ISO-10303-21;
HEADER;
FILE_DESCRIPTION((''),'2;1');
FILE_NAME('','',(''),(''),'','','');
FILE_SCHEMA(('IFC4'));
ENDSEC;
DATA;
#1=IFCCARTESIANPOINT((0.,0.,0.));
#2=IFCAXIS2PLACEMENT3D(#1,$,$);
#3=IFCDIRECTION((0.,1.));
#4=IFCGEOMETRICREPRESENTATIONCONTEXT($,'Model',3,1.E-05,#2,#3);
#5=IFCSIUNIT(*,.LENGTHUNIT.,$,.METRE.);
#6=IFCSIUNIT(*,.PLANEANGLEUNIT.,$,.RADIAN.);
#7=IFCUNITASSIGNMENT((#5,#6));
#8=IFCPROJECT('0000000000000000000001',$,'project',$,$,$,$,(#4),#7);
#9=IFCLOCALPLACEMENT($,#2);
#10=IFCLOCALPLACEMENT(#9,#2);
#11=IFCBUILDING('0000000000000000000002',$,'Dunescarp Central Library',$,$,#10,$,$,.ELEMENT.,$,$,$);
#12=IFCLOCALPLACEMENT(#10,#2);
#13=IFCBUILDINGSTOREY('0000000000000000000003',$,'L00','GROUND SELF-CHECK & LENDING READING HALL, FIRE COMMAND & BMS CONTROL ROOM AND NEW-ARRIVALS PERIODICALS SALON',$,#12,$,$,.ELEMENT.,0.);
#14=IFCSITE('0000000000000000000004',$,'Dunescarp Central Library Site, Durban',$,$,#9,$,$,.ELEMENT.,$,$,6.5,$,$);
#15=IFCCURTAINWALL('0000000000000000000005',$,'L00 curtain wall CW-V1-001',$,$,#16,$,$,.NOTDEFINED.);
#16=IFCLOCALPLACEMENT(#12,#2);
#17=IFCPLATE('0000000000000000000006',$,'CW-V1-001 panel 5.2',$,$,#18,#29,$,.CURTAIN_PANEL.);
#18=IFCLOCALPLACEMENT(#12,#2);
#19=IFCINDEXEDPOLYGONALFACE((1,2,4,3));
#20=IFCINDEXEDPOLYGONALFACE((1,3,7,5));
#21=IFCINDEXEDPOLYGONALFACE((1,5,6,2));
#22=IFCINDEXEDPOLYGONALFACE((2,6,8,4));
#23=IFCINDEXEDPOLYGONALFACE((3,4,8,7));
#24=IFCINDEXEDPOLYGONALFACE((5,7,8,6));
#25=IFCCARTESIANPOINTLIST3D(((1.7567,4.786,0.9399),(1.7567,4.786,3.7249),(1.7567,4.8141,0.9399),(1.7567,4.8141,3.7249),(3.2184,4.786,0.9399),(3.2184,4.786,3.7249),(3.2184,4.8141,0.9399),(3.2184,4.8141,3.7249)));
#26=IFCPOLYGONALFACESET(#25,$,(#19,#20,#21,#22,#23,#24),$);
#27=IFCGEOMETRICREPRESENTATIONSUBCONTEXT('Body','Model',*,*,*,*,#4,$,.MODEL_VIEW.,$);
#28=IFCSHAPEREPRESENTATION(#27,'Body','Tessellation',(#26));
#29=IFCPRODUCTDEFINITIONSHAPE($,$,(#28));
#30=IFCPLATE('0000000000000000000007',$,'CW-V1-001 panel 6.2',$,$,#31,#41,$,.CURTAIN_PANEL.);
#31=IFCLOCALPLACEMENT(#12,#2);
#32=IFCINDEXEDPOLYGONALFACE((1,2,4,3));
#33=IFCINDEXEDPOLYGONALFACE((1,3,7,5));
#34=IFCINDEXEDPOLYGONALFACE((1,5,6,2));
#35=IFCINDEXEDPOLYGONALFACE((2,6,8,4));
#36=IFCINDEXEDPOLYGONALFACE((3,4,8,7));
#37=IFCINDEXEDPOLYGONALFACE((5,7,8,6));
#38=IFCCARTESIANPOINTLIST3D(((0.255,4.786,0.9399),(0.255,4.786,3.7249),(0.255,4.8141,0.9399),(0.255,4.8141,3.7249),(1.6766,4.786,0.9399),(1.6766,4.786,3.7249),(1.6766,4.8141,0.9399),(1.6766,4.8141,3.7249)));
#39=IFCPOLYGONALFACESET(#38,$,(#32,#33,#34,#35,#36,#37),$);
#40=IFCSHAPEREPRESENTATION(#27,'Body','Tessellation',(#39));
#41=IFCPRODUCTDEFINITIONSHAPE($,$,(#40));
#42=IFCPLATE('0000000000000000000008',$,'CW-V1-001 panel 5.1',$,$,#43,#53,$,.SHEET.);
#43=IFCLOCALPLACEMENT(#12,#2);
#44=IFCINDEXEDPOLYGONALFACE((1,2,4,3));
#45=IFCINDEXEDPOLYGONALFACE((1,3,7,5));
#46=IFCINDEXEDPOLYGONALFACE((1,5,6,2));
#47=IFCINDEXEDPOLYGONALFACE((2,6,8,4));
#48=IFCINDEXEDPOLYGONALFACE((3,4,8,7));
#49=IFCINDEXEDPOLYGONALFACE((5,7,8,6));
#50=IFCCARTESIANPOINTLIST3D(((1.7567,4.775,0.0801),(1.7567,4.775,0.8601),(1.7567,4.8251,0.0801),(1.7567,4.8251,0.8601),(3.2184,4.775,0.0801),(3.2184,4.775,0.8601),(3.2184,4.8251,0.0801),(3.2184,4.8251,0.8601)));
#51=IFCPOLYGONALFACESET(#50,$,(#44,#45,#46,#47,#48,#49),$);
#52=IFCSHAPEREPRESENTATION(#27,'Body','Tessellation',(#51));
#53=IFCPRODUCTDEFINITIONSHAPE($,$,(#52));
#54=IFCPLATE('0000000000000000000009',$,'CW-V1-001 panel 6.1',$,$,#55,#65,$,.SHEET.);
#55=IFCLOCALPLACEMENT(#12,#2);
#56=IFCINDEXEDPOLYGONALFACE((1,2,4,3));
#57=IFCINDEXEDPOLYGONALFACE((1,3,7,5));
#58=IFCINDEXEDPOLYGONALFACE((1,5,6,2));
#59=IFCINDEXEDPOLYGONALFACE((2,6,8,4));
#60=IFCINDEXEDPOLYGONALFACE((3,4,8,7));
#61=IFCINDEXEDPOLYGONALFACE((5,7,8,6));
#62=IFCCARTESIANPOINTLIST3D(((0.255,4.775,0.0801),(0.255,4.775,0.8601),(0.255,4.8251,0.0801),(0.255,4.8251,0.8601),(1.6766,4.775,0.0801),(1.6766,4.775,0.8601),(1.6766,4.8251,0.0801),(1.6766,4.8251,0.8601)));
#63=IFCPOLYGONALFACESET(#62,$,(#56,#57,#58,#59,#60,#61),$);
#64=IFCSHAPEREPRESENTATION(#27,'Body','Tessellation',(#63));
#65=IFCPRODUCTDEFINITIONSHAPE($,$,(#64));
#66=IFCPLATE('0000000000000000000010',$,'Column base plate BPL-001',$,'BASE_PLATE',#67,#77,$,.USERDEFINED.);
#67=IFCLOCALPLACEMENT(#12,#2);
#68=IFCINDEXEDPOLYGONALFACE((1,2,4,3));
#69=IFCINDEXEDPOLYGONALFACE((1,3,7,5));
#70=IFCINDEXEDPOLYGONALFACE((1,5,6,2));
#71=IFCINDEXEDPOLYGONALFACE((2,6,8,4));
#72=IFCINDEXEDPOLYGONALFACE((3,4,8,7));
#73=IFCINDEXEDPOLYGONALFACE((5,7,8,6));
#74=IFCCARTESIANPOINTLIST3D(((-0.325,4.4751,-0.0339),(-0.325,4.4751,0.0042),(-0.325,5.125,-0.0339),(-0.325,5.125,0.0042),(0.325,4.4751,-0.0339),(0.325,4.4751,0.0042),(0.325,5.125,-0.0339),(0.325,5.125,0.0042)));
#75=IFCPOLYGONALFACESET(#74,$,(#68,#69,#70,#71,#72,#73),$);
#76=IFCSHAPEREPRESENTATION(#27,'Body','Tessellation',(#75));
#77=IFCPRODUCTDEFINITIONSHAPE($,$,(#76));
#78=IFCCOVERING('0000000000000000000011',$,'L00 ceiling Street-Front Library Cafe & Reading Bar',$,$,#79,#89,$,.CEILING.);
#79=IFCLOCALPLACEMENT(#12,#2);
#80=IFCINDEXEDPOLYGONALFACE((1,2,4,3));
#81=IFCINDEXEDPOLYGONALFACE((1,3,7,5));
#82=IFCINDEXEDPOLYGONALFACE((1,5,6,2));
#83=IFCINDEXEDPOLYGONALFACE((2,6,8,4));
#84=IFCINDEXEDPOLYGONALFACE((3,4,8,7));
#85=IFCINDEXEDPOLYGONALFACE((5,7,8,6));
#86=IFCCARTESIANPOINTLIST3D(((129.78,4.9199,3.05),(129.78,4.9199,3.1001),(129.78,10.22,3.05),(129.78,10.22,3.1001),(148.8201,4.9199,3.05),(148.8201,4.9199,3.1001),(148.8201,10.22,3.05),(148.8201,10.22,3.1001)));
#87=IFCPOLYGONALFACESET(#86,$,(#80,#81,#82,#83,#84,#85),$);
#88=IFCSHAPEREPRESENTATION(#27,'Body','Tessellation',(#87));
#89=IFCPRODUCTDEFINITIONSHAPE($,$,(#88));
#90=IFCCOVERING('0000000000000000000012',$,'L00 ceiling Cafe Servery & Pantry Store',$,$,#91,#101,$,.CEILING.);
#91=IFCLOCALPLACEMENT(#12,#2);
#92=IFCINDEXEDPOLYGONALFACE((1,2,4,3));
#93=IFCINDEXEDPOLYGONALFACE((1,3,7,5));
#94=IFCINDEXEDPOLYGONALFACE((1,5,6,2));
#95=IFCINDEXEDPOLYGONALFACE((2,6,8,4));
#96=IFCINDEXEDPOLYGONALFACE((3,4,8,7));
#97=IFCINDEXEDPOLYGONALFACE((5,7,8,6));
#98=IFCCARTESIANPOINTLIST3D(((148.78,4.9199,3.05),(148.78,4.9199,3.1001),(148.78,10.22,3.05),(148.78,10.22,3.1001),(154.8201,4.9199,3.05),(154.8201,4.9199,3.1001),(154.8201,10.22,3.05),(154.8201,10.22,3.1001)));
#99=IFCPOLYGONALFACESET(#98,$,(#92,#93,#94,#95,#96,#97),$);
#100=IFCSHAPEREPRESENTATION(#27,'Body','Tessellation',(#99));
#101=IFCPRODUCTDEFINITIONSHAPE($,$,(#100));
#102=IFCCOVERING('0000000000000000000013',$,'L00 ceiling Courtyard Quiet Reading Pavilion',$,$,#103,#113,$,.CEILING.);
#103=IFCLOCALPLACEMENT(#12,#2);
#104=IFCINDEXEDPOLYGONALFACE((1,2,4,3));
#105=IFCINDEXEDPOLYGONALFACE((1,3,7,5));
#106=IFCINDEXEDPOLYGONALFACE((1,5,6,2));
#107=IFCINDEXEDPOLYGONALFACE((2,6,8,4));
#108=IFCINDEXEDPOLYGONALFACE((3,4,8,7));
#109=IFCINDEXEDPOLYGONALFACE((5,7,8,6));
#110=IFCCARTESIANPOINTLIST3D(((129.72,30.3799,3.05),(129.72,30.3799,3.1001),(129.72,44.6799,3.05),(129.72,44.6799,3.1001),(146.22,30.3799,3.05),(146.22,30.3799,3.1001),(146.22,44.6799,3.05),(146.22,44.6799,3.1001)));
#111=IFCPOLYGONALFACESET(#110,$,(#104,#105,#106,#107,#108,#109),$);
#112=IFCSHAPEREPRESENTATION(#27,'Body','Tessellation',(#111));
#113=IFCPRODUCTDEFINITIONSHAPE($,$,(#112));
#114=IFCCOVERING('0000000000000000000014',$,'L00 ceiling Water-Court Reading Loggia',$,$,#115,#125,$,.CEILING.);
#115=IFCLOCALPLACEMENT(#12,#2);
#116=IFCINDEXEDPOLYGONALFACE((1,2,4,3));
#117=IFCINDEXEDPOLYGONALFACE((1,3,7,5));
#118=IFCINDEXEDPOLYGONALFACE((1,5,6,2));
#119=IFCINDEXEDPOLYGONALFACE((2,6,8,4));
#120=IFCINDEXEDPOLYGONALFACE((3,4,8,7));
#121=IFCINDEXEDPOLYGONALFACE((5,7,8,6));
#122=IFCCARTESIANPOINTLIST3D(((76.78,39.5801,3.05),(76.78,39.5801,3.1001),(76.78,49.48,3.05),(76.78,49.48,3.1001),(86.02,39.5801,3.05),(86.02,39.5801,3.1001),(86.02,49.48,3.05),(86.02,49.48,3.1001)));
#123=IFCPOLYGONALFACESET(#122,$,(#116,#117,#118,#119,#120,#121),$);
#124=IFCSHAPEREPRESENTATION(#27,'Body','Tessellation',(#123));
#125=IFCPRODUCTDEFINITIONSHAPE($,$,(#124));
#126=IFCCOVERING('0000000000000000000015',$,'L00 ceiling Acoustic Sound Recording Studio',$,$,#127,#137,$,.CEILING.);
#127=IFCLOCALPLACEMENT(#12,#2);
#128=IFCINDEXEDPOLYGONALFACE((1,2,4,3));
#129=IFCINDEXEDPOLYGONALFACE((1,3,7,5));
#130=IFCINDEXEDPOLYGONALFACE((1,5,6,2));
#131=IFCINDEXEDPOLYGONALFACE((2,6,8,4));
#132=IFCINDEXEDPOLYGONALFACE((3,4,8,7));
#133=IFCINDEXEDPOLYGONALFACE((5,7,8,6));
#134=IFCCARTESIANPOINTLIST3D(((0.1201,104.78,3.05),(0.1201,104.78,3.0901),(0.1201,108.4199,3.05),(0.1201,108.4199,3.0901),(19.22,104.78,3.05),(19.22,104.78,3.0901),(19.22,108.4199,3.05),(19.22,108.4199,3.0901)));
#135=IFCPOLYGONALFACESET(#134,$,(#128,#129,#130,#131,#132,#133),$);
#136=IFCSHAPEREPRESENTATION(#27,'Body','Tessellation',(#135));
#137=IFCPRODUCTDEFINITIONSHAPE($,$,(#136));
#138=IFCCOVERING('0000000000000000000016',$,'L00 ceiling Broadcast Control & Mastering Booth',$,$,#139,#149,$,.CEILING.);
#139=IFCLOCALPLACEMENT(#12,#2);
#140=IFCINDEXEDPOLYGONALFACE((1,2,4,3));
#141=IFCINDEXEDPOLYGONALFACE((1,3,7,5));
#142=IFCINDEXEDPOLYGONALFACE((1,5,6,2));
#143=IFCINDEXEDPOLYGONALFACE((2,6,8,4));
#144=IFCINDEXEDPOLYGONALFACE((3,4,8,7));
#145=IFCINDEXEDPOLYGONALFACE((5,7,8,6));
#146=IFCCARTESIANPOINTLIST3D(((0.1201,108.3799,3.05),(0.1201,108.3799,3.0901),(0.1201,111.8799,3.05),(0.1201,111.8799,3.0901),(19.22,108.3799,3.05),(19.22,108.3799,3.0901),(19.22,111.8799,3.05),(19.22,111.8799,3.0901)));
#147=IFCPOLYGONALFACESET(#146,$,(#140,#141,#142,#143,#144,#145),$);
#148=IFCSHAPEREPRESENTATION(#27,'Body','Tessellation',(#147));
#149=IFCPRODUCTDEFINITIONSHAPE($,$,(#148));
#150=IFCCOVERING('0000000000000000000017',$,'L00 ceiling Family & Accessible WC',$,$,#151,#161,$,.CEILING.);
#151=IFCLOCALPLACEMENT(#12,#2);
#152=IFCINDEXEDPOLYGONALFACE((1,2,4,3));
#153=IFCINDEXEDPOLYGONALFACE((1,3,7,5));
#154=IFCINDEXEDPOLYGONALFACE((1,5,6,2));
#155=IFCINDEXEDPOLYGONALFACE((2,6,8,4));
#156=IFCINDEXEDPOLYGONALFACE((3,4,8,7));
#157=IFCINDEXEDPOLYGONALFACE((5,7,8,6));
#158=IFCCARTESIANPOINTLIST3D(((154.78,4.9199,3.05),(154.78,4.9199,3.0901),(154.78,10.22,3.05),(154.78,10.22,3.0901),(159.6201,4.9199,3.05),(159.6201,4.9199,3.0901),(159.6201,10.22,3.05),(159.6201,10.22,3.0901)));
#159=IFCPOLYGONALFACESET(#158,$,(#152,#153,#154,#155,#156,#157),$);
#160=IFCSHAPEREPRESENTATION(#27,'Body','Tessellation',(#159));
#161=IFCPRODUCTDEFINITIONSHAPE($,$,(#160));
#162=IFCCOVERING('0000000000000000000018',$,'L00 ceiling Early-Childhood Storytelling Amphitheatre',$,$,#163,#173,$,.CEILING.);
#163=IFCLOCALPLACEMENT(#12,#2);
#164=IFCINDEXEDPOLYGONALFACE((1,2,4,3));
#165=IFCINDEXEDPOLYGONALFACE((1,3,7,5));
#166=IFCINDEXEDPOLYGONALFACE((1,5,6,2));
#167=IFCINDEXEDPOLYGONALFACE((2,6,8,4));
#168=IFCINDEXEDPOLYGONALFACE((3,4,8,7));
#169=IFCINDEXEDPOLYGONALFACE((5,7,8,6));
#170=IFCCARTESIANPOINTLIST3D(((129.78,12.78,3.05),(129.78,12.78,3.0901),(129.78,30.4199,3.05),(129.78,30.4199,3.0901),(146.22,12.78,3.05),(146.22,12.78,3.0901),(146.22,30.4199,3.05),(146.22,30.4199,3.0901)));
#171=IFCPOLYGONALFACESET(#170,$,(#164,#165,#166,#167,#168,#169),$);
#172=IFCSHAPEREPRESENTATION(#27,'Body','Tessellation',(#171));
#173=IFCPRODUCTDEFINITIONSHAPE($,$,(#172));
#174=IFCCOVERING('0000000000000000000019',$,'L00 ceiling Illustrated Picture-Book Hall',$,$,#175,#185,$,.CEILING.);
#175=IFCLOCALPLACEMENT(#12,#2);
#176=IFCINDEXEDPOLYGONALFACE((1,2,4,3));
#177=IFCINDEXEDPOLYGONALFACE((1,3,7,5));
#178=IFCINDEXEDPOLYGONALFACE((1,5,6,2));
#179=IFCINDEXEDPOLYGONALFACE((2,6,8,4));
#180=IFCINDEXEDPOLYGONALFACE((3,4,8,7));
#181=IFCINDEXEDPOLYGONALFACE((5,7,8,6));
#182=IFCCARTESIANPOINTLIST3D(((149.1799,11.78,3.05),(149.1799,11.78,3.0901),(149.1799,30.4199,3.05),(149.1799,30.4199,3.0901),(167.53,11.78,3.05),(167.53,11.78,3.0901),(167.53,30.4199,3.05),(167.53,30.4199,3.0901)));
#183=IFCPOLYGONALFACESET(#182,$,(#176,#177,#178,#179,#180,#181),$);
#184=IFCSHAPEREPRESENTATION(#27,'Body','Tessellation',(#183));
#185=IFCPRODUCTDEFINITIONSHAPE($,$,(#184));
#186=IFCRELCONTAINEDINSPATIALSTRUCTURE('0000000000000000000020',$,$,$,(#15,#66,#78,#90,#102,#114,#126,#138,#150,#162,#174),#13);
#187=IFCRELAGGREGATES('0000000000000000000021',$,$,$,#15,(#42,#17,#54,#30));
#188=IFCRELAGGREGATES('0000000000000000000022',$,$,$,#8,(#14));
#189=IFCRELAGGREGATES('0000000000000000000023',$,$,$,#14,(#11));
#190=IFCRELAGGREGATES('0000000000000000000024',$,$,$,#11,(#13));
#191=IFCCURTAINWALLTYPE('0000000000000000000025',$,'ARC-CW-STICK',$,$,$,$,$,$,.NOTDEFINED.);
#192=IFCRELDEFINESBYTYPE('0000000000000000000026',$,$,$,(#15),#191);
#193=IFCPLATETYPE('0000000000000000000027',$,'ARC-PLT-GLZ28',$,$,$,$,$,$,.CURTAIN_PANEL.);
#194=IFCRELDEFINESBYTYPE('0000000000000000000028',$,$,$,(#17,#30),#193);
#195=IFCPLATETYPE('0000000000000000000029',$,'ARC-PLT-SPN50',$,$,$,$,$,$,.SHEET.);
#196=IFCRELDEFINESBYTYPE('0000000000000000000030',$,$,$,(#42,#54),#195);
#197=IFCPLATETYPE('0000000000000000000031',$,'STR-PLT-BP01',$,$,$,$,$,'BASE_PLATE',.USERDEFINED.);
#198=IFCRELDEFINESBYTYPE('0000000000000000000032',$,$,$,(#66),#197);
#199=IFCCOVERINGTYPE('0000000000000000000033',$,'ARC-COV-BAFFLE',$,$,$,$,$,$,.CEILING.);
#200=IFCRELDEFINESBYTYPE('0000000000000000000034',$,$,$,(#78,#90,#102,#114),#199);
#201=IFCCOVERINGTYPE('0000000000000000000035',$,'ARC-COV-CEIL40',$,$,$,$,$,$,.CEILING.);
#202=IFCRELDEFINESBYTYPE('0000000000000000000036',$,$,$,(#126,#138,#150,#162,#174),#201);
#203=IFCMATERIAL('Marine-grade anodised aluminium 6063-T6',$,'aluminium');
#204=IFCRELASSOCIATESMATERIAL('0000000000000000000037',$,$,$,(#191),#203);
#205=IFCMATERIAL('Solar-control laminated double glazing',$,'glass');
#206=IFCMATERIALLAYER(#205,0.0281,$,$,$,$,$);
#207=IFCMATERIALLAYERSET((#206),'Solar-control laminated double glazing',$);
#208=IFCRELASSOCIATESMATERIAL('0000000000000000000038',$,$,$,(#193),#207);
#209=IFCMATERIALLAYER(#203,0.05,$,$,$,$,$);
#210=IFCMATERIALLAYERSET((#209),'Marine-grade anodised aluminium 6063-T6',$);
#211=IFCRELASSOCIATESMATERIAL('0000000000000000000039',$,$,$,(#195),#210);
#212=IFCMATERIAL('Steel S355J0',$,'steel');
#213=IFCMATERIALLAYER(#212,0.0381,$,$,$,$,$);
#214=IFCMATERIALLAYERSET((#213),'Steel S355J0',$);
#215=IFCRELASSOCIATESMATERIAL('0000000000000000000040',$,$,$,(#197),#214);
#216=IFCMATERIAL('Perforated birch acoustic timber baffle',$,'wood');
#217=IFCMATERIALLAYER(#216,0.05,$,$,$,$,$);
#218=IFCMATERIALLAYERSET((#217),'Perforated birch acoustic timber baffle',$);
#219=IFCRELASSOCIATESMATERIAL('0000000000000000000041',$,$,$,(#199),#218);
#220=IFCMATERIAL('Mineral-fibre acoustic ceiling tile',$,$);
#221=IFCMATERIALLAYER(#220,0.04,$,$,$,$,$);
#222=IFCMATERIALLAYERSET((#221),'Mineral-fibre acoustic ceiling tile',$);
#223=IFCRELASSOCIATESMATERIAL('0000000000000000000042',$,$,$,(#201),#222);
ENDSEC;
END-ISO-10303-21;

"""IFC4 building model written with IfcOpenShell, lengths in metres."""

from ifc_helpers import new_model, si_unit, direction, frame, origin, origin_2d, place, context, subcontext, project, spatial, polyline, rectangle, outline, extrude, material, layer, layer_set, type_object, element, aggregate, save


model = new_model("IFC4")

# Units and contexts
model_context = context("Model", 3, precision=1e-05, world=origin(), true_north=direction((0.0, 1.0)))
body_context = subcontext(model_context, "Body", "Model", "MODEL_VIEW")
ifc_project = project(units=[si_unit("LENGTHUNIT", "METRE"), si_unit("PLANEANGLEUNIT", "RADIAN")], contexts=[model_context])

# Site, building, storey
site_placement = place(None, origin())
site = spatial("IfcSite", under=ifc_project, at=site_placement, Name="Dunescarp Central Library Site, Durban", CompositionType="ELEMENT", RefElevation=6.5)
building_placement = place(site_placement, origin())
building = spatial("IfcBuilding", under=site, at=building_placement, Name="Dunescarp Central Library", CompositionType="ELEMENT")
storey_placement = place(building_placement, origin())
storey = spatial("IfcBuildingStorey", under=building, at=storey_placement, Name="L00", Description="GROUND SELF-CHECK & LENDING READING HALL, FIRE COMMAND & BMS CONTROL ROOM AND NEW-ARRIVALS PERIODICALS SALON", CompositionType="ELEMENT", Elevation=0.0)

# Curtain wall, plates
ifc_material_1 = material(Name="Marine-grade anodised aluminium 6063-T6", Category="aluminium")
curtain_wall_type = type_object("IfcCurtainWallType", Name="ARC-CW-STICK", PredefinedType="NOTDEFINED", material=ifc_material_1)
curtain_wall_placement = place(storey_placement, origin())
curtain_wall = element("IfcCurtainWall", 1, at=curtain_wall_placement, inside=storey, type_object=curtain_wall_type, Name="L00 curtain wall CW-V1-001", PredefinedType="NOTDEFINED")
ifc_material_2 = material(Name="Solar-control laminated double glazing", Category="glass")
ifc_layer_1 = layer(ifc_material_2, 0.0281)
ifc_layer_set_1 = layer_set([ifc_layer_1], Name="Solar-control laminated double glazing")
plate_type_1 = type_object("IfcPlateType", Name="ARC-PLT-GLZ28", PredefinedType="CURTAIN_PANEL", material=ifc_layer_set_1)
plate_1_placement = place(storey_placement, frame((2.4875, 4.8, 0.9399), z_axis=(0.0, 0.0, 1.0), x_axis=(-1.0, 0.0, 0.0)))
plate_1 = element("IfcPlate", 2, at=plate_1_placement, type_object=plate_type_1, Name="CW-V1-001 panel 5.2", PredefinedType="CURTAIN_PANEL", context=body_context, shape_type="SweptSolid", body=[
    extrude(rectangle(XDim=1.4617, YDim=0.0281, at=origin_2d()), origin(), (0.0, 0.0, 1.0), 2.7849),
])
plate_2_placement = place(storey_placement, frame((0.9658, 4.8, 0.9399), z_axis=(0.0, 0.0, 1.0), x_axis=(-1.0, 0.0, 0.0)))
plate_2 = element("IfcPlate", 3, at=plate_2_placement, type_object=plate_type_1, Name="CW-V1-001 panel 6.2", PredefinedType="CURTAIN_PANEL", context=body_context, shape_type="SweptSolid", body=[
    extrude(rectangle(XDim=1.4216, YDim=0.0281, at=origin_2d()), origin(), (0.0, 0.0, 1.0), 2.7849),
])
ifc_layer_2 = layer(ifc_material_1, 0.05)
ifc_layer_set_2 = layer_set([ifc_layer_2], Name="Marine-grade anodised aluminium 6063-T6")
plate_type_2 = type_object("IfcPlateType", Name="ARC-PLT-SPN50", PredefinedType="SHEET", material=ifc_layer_set_2)
plate_3_placement = place(storey_placement, frame((2.4875, 4.8, 0.0801), z_axis=(0.0, 0.0, 1.0), x_axis=(-1.0, 0.0, 0.0)))
plate_3 = element("IfcPlate", 4, at=plate_3_placement, type_object=plate_type_2, Name="CW-V1-001 panel 5.1", PredefinedType="SHEET", context=body_context, shape_type="SweptSolid", body=[
    extrude(rectangle(XDim=1.4617, YDim=0.05, at=origin_2d()), origin(), (0.0, 0.0, 1.0), 0.78),
])
plate_4_placement = place(storey_placement, frame((0.9658, 4.8, 0.0801), z_axis=(0.0, 0.0, 1.0), x_axis=(-1.0, 0.0, 0.0)))
plate_4 = element("IfcPlate", 5, at=plate_4_placement, type_object=plate_type_2, Name="CW-V1-001 panel 6.1", PredefinedType="SHEET", context=body_context, shape_type="SweptSolid", body=[
    extrude(rectangle(XDim=1.4216, YDim=0.05, at=origin_2d()), origin(), (0.0, 0.0, 1.0), 0.78),
])
aggregate(curtain_wall, [plate_3, plate_1, plate_4, plate_2])

# Plate
ifc_material_3 = material(Name="Steel S355J0", Category="steel")
ifc_layer_3 = layer(ifc_material_3, 0.0381)
ifc_layer_set_3 = layer_set([ifc_layer_3], Name="Steel S355J0")
plate_type_3 = type_object("IfcPlateType", Name="STR-PLT-BP01", ElementType="BASE_PLATE", PredefinedType="USERDEFINED", material=ifc_layer_set_3)
plate_5_placement = place(storey_placement, frame((0.0, 4.8, -0.0339), z_axis=(0.0, 0.0, 1.0), x_axis=(1.0, 0.0, 0.0)))
element("IfcPlate", 6, at=plate_5_placement, inside=storey, type_object=plate_type_3, Name="Column base plate BPL-001", ObjectType="BASE_PLATE", PredefinedType="USERDEFINED", context=body_context, shape_type="SweptSolid", body=[
    extrude(rectangle(XDim=0.6499, YDim=0.6499, at=origin_2d()), origin(), (0.0, 0.0, 1.0), 0.0381),
])

# Coverings
ifc_material_4 = material(Name="Perforated birch acoustic timber baffle", Category="wood")
ifc_layer_4 = layer(ifc_material_4, 0.05)
ifc_layer_set_4 = layer_set([ifc_layer_4], Name="Perforated birch acoustic timber baffle")
covering_type_1 = type_object("IfcCoveringType", Name="ARC-COV-BAFFLE", PredefinedType="CEILING", material=ifc_layer_set_4)
covering_1_placement = place(storey_placement, frame((0.0, 0.0, 3.05)))
element("IfcCovering", 7, at=covering_1_placement, inside=storey, type_object=covering_type_1, Name="L00 ceiling Street-Front Library Cafe & Reading Bar", PredefinedType="CEILING", context=body_context, shape_type="SweptSolid", body=[
    extrude(outline(polyline([(129.78, 4.9199), (148.8201, 4.9199), (148.8201, 10.22), (129.78, 10.22), (129.78, 4.9199)])), origin(), (0.0, 0.0, 1.0), 0.05),
])
covering_2_placement = place(storey_placement, frame((0.0, 0.0, 3.05)))
element("IfcCovering", 8, at=covering_2_placement, inside=storey, type_object=covering_type_1, Name="L00 ceiling Cafe Servery & Pantry Store", PredefinedType="CEILING", context=body_context, shape_type="SweptSolid", body=[
    extrude(outline(polyline([(148.78, 4.9199), (154.8201, 4.9199), (154.8201, 10.22), (148.78, 10.22), (148.78, 4.9199)])), origin(), (0.0, 0.0, 1.0), 0.05),
])
covering_3_placement = place(storey_placement, frame((0.0, 0.0, 3.05)))
element("IfcCovering", 9, at=covering_3_placement, inside=storey, type_object=covering_type_1, Name="L00 ceiling Courtyard Quiet Reading Pavilion", PredefinedType="CEILING", context=body_context, shape_type="SweptSolid", body=[
    extrude(outline(polyline([(129.72, 30.3799), (146.22, 30.3799), (146.22, 44.6799), (129.72, 44.6799), (129.72, 30.3799)])), origin(), (0.0, 0.0, 1.0), 0.05),
])
covering_4_placement = place(storey_placement, frame((0.0, 0.0, 3.05)))
element("IfcCovering", 10, at=covering_4_placement, inside=storey, type_object=covering_type_1, Name="L00 ceiling Water-Court Reading Loggia", PredefinedType="CEILING", context=body_context, shape_type="SweptSolid", body=[
    extrude(outline(polyline([(76.78, 39.5801), (86.02, 39.5801), (86.02, 49.48), (76.78, 49.48), (76.78, 39.5801)])), origin(), (0.0, 0.0, 1.0), 0.05),
])
ifc_material_5 = material(Name="Mineral-fibre acoustic ceiling tile")
ifc_layer_5 = layer(ifc_material_5, 0.04)
ifc_layer_set_5 = layer_set([ifc_layer_5], Name="Mineral-fibre acoustic ceiling tile")
covering_type_2 = type_object("IfcCoveringType", Name="ARC-COV-CEIL40", PredefinedType="CEILING", material=ifc_layer_set_5)
covering_5_placement = place(storey_placement, frame((0.0, 0.0, 3.05)))
element("IfcCovering", 11, at=covering_5_placement, inside=storey, type_object=covering_type_2, Name="L00 ceiling Acoustic Sound Recording Studio", PredefinedType="CEILING", context=body_context, shape_type="SweptSolid", body=[
    extrude(outline(polyline([(0.1201, 104.78), (19.22, 104.78), (19.22, 108.4199), (0.1201, 108.4199), (0.1201, 104.78)])), origin(), (0.0, 0.0, 1.0), 0.04),
])
covering_6_placement = place(storey_placement, frame((0.0, 0.0, 3.05)))
element("IfcCovering", 12, at=covering_6_placement, inside=storey, type_object=covering_type_2, Name="L00 ceiling Broadcast Control & Mastering Booth", PredefinedType="CEILING", context=body_context, shape_type="SweptSolid", body=[
    extrude(outline(polyline([(0.1201, 108.3799), (19.22, 108.3799), (19.22, 111.8799), (0.1201, 111.8799), (0.1201, 108.3799)])), origin(), (0.0, 0.0, 1.0), 0.04),
])
covering_7_placement = place(storey_placement, frame((0.0, 0.0, 3.05)))
element("IfcCovering", 13, at=covering_7_placement, inside=storey, type_object=covering_type_2, Name="L00 ceiling Family & Accessible WC", PredefinedType="CEILING", context=body_context, shape_type="SweptSolid", body=[
    extrude(outline(polyline([(154.78, 4.9199), (159.6201, 4.9199), (159.6201, 10.22), (154.78, 10.22), (154.78, 4.9199)])), origin(), (0.0, 0.0, 1.0), 0.04),
])
covering_8_placement = place(storey_placement, frame((0.0, 0.0, 3.05)))
element("IfcCovering", 14, at=covering_8_placement, inside=storey, type_object=covering_type_2, Name="L00 ceiling Early-Childhood Storytelling Amphitheatre", PredefinedType="CEILING", context=body_context, shape_type="SweptSolid", body=[
    extrude(outline(polyline([(129.78, 12.78), (146.22, 12.78), (146.22, 30.4199), (129.78, 30.4199), (129.78, 12.78)])), origin(), (0.0, 0.0, 1.0), 0.04),
])
covering_9_placement = place(storey_placement, frame((0.0, 0.0, 3.05)))
element("IfcCovering", 15, at=covering_9_placement, inside=storey, type_object=covering_type_2, Name="L00 ceiling Illustrated Picture-Book Hall", PredefinedType="CEILING", context=body_context, shape_type="SweptSolid", body=[
    extrude(outline(polyline([(149.1799, 11.78), (167.53, 11.78), (167.53, 30.4199), (149.1799, 30.4199), (149.1799, 11.78)])), origin(), (0.0, 0.0, 1.0), 0.04),
])

save(model, "model.ifc")
